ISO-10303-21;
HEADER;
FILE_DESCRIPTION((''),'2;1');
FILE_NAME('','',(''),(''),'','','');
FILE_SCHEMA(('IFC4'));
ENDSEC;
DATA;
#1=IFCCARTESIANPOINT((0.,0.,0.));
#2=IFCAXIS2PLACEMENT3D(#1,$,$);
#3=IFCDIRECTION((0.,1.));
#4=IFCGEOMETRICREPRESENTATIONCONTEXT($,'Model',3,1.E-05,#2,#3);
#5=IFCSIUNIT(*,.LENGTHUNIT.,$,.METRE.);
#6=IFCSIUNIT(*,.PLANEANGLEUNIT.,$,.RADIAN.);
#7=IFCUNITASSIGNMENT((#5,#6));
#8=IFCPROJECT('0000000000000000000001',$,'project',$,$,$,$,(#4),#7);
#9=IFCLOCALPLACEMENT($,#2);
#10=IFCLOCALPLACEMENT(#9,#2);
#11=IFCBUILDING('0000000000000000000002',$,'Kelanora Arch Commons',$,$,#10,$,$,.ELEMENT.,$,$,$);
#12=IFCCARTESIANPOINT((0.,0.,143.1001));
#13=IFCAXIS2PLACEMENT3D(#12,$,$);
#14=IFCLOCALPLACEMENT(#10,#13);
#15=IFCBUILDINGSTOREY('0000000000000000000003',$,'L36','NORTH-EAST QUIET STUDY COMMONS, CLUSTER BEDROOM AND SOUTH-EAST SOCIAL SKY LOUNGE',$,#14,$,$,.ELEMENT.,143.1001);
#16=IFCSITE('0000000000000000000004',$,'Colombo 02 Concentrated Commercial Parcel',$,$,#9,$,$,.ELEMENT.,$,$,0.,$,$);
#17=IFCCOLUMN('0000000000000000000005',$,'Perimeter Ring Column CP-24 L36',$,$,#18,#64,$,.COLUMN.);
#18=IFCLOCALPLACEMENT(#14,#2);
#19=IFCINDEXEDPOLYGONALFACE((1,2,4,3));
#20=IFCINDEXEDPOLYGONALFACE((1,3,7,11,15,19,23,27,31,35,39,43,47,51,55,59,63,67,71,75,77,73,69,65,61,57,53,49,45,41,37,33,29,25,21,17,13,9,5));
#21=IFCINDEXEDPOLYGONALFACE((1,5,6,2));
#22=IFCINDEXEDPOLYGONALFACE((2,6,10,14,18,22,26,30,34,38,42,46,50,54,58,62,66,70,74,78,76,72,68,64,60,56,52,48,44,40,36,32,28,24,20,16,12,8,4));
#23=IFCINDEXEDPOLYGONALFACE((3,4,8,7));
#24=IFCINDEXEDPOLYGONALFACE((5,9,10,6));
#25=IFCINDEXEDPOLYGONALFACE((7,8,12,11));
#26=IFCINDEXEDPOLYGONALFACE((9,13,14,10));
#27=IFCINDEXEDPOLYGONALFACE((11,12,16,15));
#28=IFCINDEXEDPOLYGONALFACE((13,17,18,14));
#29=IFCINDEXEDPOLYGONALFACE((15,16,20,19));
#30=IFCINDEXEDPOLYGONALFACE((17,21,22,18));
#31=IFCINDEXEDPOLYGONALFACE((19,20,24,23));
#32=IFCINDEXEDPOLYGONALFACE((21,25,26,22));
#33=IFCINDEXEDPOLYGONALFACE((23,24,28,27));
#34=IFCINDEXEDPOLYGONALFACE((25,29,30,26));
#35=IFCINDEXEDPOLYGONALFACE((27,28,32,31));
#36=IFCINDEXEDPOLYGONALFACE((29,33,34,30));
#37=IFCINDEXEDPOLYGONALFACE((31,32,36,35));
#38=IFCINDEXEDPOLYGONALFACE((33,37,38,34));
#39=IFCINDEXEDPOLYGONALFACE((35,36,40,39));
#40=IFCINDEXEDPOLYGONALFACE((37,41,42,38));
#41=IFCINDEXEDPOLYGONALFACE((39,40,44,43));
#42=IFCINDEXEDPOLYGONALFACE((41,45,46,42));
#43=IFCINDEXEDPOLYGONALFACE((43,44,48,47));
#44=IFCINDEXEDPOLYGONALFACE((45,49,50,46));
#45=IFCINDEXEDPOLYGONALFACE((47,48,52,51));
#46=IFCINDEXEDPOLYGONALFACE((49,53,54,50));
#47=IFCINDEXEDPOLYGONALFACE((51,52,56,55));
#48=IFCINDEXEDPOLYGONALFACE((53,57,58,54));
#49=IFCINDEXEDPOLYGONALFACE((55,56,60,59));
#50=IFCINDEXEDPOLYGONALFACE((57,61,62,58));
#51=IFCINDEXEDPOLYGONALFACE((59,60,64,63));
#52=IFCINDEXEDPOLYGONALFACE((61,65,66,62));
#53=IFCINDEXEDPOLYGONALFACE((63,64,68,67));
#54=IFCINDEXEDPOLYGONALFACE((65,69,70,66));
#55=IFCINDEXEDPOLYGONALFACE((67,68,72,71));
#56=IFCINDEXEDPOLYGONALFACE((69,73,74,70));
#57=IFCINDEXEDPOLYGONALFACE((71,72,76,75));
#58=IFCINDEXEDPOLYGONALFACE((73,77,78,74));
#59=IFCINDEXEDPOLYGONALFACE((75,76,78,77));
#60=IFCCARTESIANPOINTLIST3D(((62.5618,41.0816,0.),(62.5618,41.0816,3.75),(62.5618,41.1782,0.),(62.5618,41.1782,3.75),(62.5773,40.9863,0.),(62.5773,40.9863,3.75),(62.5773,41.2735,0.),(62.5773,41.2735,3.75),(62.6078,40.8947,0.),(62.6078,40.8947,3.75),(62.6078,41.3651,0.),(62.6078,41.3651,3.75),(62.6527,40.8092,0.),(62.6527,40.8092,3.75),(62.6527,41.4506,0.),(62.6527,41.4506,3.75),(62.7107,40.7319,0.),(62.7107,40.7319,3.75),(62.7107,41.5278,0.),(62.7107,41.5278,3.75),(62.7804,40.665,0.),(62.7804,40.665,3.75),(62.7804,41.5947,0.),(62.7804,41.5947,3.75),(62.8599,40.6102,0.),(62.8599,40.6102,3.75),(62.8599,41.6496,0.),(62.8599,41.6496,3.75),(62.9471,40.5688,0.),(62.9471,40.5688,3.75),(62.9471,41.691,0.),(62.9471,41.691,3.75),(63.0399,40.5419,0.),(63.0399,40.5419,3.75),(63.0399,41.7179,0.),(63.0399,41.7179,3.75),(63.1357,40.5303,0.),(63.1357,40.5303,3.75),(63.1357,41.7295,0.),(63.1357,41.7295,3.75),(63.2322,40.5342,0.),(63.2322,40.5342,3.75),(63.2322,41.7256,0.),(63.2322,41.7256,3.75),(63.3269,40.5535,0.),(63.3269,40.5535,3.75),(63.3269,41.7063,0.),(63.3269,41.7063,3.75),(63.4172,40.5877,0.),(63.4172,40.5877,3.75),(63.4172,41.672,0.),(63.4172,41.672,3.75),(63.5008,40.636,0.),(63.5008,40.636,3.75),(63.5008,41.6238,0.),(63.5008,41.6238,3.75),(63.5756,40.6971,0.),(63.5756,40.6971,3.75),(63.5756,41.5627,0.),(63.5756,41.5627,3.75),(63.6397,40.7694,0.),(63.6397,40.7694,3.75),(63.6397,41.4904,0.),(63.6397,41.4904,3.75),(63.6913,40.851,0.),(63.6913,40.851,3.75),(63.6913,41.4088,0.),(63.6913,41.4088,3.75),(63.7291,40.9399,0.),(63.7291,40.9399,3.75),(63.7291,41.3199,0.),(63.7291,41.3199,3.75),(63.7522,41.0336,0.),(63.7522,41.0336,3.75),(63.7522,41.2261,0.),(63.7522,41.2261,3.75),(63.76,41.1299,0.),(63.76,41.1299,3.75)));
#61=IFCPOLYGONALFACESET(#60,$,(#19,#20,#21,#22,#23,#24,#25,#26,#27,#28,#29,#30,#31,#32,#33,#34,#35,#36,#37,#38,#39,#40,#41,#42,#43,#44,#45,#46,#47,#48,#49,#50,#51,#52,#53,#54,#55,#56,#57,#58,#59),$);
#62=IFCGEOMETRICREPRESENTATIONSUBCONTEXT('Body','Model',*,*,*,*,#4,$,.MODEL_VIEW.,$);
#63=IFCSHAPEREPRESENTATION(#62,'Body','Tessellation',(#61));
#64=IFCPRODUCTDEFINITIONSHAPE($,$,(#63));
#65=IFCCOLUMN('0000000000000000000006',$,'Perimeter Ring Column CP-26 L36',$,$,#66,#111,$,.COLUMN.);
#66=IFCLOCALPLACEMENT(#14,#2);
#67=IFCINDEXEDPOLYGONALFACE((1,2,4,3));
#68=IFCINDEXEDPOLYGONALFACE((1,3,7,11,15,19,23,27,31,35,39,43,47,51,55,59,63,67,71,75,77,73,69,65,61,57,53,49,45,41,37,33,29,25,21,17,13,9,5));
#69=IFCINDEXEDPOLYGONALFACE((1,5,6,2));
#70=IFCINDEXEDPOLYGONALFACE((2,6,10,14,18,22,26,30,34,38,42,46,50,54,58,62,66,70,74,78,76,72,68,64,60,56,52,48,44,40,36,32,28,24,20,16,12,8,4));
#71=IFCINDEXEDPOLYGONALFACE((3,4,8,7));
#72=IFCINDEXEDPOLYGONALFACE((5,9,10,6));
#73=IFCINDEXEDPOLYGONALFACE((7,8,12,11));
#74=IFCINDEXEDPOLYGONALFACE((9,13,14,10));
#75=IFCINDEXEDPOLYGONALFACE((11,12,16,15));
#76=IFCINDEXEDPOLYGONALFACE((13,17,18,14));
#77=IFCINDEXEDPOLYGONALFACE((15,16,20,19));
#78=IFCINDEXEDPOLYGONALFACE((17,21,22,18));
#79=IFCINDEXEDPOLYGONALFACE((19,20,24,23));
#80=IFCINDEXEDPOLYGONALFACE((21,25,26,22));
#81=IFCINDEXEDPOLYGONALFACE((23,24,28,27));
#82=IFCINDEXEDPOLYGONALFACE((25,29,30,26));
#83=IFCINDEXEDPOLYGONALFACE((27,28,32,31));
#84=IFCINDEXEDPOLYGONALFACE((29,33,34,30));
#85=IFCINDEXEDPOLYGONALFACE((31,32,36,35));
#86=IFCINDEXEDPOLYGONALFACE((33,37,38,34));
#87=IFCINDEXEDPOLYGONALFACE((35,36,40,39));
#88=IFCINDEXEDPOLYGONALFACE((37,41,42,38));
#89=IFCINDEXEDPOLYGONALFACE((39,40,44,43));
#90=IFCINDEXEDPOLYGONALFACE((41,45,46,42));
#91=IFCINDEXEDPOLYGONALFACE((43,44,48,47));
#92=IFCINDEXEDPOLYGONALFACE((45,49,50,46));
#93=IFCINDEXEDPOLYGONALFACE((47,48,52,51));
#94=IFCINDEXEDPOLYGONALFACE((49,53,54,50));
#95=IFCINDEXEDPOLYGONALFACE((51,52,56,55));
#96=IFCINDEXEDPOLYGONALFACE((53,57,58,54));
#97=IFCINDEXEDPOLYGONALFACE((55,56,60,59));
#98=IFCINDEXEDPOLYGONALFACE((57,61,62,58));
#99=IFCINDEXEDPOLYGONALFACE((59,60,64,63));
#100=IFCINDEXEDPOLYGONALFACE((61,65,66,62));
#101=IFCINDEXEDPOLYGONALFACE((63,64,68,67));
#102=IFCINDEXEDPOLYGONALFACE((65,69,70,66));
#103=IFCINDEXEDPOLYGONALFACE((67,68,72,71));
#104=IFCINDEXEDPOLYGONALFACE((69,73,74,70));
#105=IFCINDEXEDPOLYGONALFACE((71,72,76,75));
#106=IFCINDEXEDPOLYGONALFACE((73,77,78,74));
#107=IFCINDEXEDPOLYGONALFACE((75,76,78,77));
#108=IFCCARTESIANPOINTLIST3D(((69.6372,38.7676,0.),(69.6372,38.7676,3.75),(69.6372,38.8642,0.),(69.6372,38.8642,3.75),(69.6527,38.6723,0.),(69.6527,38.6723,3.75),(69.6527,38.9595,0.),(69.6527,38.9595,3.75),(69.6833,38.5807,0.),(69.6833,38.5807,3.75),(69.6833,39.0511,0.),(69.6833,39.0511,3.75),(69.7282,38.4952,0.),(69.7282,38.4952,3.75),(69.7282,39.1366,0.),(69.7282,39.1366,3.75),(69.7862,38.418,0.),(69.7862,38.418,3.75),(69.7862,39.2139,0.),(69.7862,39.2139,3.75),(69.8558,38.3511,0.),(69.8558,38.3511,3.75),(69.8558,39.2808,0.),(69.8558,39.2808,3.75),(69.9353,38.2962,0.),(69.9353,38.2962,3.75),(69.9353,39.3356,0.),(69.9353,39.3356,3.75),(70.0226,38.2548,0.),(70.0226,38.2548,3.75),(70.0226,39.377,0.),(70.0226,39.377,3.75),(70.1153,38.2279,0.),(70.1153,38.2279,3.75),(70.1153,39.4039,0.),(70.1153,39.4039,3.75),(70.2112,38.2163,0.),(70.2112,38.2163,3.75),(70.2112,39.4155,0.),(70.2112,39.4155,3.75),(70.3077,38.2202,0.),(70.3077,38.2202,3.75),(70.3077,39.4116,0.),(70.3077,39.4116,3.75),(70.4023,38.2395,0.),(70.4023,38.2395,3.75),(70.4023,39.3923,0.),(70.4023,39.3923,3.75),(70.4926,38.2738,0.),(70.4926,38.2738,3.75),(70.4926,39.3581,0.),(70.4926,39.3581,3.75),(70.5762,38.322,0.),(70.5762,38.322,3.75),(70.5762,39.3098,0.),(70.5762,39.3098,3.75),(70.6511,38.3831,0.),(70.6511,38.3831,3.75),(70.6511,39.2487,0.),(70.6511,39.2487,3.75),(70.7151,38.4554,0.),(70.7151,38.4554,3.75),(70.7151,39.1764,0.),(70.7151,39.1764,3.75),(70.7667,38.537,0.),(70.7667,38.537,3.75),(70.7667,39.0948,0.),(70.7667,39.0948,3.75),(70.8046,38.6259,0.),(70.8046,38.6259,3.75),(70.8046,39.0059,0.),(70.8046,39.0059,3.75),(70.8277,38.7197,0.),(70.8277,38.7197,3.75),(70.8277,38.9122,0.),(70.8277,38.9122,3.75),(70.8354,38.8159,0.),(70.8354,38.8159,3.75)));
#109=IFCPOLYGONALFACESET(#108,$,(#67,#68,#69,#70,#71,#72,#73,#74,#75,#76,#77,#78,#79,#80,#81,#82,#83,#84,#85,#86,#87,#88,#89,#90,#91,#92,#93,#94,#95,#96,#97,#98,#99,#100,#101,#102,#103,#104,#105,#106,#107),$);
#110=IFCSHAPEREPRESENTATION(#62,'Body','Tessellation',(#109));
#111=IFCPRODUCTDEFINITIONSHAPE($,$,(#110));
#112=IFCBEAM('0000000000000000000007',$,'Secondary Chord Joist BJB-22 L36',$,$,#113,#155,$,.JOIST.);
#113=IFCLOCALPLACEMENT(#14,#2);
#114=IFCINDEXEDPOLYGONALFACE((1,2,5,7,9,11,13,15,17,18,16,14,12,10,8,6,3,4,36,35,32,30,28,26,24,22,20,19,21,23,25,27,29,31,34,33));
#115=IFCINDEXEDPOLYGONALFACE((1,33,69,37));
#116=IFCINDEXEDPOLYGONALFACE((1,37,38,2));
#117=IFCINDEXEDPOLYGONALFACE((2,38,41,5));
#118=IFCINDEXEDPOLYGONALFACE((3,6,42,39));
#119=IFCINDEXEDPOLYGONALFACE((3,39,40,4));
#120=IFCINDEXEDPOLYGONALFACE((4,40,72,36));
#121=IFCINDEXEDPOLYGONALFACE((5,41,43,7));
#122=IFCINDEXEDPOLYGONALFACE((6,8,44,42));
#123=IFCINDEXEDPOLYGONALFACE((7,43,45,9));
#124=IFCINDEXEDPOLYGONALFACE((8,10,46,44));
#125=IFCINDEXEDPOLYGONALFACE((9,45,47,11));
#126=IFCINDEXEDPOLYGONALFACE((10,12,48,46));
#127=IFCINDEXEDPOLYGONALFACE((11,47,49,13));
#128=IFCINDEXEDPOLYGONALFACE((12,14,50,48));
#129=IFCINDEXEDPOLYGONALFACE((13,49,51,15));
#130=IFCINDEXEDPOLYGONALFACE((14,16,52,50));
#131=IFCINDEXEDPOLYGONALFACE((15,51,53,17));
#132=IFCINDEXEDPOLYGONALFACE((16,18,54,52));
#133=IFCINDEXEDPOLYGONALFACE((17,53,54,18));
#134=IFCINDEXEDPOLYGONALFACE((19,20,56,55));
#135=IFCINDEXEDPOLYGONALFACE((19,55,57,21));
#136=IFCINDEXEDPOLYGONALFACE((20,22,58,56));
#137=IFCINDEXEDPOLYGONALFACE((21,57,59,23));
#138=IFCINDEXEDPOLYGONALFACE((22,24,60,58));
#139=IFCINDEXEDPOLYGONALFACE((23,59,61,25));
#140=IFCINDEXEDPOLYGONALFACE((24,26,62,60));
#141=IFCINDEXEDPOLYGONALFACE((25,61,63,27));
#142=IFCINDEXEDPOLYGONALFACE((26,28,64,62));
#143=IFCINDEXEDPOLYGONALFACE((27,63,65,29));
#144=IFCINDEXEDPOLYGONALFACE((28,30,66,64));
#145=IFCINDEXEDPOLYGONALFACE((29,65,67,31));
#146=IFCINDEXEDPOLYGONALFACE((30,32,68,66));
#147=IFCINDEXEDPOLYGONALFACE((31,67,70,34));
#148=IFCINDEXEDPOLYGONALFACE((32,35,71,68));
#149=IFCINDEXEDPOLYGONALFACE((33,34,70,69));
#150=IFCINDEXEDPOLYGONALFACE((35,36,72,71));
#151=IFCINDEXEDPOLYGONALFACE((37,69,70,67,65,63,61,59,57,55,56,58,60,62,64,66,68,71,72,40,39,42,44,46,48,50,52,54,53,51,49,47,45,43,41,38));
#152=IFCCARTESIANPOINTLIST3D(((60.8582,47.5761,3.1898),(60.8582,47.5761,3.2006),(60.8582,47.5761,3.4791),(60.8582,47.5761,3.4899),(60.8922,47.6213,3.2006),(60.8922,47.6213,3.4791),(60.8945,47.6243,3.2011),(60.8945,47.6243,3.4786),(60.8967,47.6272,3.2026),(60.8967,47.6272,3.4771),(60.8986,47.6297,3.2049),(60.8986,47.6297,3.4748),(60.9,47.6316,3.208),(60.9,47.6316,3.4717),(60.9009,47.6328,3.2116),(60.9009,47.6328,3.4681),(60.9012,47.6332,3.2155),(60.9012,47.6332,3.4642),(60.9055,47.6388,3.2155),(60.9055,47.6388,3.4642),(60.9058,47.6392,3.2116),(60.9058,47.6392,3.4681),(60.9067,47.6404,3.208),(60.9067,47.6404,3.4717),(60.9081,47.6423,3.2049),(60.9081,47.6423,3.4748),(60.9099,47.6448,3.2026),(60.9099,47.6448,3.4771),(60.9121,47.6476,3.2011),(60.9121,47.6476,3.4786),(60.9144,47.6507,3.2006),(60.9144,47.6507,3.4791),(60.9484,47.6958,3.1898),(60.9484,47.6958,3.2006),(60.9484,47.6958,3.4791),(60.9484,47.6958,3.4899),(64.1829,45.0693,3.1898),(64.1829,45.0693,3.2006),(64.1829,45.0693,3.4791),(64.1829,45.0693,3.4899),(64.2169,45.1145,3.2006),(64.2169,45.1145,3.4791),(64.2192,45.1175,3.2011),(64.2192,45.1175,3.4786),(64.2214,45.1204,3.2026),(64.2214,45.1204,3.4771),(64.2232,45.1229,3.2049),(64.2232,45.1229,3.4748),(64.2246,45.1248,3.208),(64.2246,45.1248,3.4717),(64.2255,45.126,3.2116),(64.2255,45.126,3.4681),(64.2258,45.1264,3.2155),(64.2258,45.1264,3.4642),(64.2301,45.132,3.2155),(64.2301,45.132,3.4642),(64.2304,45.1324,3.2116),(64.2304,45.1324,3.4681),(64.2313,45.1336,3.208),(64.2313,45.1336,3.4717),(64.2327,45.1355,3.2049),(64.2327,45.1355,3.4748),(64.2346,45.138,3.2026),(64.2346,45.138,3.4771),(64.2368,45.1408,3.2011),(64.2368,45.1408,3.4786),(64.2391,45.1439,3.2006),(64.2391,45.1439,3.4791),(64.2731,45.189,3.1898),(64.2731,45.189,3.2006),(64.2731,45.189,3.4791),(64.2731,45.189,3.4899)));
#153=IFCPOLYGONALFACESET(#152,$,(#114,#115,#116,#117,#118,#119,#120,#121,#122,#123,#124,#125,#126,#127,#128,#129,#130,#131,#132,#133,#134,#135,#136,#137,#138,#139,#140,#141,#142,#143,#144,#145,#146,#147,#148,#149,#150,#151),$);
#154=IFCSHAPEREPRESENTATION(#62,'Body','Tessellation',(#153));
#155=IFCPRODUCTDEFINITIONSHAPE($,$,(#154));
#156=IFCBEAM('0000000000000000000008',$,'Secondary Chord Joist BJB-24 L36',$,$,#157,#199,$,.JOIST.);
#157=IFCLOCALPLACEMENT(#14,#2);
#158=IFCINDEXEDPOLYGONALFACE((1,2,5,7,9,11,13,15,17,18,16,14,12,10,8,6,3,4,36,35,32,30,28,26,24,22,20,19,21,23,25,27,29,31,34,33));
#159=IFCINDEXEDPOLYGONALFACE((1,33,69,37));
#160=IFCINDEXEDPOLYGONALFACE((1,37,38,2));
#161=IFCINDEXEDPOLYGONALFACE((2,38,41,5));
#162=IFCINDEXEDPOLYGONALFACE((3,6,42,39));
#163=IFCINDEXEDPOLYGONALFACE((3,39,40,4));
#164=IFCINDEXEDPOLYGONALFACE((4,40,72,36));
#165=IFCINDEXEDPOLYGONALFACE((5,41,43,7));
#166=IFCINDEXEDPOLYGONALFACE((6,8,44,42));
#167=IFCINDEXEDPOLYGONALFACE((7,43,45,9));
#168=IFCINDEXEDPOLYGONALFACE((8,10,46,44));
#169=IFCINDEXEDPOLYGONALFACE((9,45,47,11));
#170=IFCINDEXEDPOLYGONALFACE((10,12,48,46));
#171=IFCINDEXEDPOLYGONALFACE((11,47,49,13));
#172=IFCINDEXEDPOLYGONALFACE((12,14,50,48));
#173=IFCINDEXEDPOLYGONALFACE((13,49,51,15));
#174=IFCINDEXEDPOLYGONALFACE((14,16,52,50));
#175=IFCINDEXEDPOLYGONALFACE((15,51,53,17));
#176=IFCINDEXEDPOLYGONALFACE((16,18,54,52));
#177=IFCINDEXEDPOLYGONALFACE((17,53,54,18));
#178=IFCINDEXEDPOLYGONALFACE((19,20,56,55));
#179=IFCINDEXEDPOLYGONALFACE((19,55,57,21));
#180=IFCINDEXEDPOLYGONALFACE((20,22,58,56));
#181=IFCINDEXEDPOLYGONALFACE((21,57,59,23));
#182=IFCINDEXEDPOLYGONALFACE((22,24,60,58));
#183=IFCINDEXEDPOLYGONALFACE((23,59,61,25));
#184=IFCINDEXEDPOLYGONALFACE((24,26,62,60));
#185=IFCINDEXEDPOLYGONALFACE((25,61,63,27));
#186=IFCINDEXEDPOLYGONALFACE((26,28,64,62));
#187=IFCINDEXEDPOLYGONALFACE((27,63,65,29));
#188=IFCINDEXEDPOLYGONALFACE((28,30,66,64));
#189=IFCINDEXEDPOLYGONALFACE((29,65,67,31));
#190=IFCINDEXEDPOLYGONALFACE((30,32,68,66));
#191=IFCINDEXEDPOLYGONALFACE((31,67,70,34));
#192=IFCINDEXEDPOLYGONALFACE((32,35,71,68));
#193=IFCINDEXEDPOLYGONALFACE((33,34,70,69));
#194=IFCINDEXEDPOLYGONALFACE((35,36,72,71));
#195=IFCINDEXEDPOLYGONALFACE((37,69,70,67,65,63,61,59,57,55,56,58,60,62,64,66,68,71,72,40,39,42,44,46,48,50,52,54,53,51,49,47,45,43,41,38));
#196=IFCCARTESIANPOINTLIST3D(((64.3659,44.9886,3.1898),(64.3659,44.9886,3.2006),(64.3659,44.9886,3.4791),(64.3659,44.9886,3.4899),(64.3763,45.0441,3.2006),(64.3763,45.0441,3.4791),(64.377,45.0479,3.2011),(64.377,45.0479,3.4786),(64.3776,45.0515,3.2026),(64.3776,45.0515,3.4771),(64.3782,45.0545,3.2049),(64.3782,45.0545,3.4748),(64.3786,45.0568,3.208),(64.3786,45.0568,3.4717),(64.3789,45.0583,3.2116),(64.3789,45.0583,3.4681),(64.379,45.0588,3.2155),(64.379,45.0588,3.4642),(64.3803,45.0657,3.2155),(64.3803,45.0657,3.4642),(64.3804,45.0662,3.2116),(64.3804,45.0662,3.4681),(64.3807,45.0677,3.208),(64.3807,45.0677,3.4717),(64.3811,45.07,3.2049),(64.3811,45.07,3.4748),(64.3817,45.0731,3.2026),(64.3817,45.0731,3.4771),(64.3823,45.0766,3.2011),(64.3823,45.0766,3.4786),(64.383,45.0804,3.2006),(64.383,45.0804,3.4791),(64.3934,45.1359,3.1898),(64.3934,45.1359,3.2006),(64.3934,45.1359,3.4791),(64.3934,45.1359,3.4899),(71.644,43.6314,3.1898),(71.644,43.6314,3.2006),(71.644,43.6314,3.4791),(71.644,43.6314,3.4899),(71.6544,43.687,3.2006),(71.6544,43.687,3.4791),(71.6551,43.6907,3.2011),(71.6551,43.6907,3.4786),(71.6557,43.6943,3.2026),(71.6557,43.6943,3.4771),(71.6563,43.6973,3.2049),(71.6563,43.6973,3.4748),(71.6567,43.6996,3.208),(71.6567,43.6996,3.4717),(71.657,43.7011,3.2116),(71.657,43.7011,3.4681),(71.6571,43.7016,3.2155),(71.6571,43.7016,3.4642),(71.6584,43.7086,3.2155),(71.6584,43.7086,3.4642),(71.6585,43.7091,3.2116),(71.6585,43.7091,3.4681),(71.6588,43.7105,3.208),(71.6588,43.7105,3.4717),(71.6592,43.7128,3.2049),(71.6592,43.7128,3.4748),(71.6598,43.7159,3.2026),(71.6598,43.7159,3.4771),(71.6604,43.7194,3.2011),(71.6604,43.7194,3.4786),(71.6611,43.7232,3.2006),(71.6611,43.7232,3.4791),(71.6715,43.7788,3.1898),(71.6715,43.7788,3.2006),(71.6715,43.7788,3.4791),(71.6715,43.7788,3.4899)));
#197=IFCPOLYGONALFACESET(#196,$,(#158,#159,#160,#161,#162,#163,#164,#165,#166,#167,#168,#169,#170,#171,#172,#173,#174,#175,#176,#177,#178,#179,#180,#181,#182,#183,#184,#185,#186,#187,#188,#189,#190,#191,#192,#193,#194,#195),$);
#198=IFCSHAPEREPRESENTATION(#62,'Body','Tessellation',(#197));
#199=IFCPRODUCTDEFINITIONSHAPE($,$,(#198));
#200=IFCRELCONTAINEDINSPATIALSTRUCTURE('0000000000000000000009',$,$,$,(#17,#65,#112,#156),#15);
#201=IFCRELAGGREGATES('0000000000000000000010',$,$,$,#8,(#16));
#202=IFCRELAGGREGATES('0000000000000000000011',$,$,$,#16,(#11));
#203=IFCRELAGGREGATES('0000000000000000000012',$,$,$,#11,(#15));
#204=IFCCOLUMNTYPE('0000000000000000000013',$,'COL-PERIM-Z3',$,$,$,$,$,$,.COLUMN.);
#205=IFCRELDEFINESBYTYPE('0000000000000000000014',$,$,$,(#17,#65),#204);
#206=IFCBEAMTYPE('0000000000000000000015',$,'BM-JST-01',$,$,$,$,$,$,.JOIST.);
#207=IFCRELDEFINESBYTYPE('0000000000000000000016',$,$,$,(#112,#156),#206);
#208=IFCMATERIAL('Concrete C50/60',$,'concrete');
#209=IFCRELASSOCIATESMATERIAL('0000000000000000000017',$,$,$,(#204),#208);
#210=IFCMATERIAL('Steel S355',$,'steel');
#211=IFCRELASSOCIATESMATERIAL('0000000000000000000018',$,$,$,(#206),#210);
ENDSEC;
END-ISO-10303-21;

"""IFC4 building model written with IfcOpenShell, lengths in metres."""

from ifc_helpers import new_model, si_unit, direction, frame, origin, origin_2d, place, context, subcontext, project, spatial, circle, i_section, extrude, material, material_profile, profile_set, type_object, element, save


model = new_model("IFC4")

# Units and contexts
model_context = context("Model", 3, precision=1e-05, world=origin(), true_north=direction((0.0, 1.0)))
body_context = subcontext(model_context, "Body", "Model", "MODEL_VIEW")
ifc_project = project(units=[si_unit("LENGTHUNIT", "METRE"), si_unit("PLANEANGLEUNIT", "RADIAN")], contexts=[model_context])

# Site, building, storey
site_placement = place(None, origin())
site = spatial("IfcSite", under=ifc_project, at=site_placement, Name="Colombo 02 Concentrated Commercial Parcel", CompositionType="ELEMENT", RefElevation=0.0)
building_placement = place(site_placement, origin())
building = spatial("IfcBuilding", under=site, at=building_placement, Name="Kelanora Arch Commons", CompositionType="ELEMENT")
storey_placement = place(building_placement, frame((0.0, 0.0, 143.1001)))
storey = spatial("IfcBuildingStorey", under=building, at=storey_placement, Name="L36", Description="NORTH-EAST QUIET STUDY COMMONS, CLUSTER BEDROOM AND SOUTH-EAST SOCIAL SKY LOUNGE", CompositionType="ELEMENT", Elevation=143.1001)

# Columns
ifc_material_1 = material(Name="Concrete C50/60", Category="concrete")
ifc_material_profile_1 = material_profile(ifc_material_1, circle(Radius=0.6001, at=origin_2d()), Name="RCC1200")
ifc_profile_set_1 = profile_set([ifc_material_profile_1], Name="Concrete C50/60")
column_type = type_object("IfcColumnType", Name="COL-PERIM-Z3", PredefinedType="COLUMN", material=ifc_profile_set_1)
for number, where, z_axis, x_axis, name in (
    (1, (63.1599, 41.1299, 0.0), (0.0, 0.0, 1.0), (1.0, 0.0, 0.0), "Perimeter Ring Column CP-24 L36"),
    (2, (70.2354, 38.8159, 0.0), (0.0, 0.0, 1.0), (1.0, 0.0, 0.0), "Perimeter Ring Column CP-26 L36"),
):
    element("IfcColumn", number, at=place(storey_placement, frame(where, z_axis=z_axis, x_axis=x_axis)), inside=storey, type_object=column_type, Name=name, PredefinedType="COLUMN", context=body_context, shape_type="SweptSolid", body=[
        extrude(circle(Radius=0.6001, at=origin_2d()), origin(), (0.0, 0.0, 1.0), 3.75),
    ])

# Beams
ifc_material_2 = material(Name="Steel S355", Category="steel")
ifc_material_profile_2 = material_profile(ifc_material_2, i_section(OverallWidth=0.1499, OverallDepth=0.3, WebThickness=0.0071, FlangeThickness=0.0107, FilletRadius=0.0149, at=origin_2d()), Name="IPE300")
ifc_profile_set_2 = profile_set([ifc_material_profile_2], Name="Steel S355")
beam_type_1 = type_object("IfcBeamType", Name="BM-JST-01", PredefinedType="JOIST", material=ifc_profile_set_2)
beam_1_placement = place(storey_placement, frame((60.9033, 47.636, 3.3398), z_axis=(0.798464, -0.602043, 0.0), x_axis=(0.602043, 0.798464, 0.0)))
element("IfcBeam", 3, at=beam_1_placement, inside=storey, type_object=beam_type_1, Name="Secondary Chord Joist BJB-22 L36", PredefinedType="JOIST", context=body_context, shape_type="SweptSolid", body=[
    extrude(i_section(OverallWidth=0.1499, OverallDepth=0.3, WebThickness=0.0071, FlangeThickness=0.0107, FilletRadius=0.0149, at=origin_2d()), origin(), (0.0, 0.0, 1.0), 4.1638),
])
beam_2_placement = place(storey_placement, frame((64.3796, 45.0623, 3.3398), z_axis=(0.983054, -0.183315, 0.0), x_axis=(0.183315, 0.983054, 0.0)))
element("IfcBeam", 4, at=beam_2_placement, inside=storey, type_object=beam_type_1, Name="Secondary Chord Joist BJB-24 L36", PredefinedType="JOIST", context=body_context, shape_type="SweptSolid", body=[
    extrude(i_section(OverallWidth=0.1499, OverallDepth=0.3, WebThickness=0.0071, FlangeThickness=0.0107, FilletRadius=0.0149, at=origin_2d()), origin(), (0.0, 0.0, 1.0), 7.4036),
])

save(model, "model.ifc")
